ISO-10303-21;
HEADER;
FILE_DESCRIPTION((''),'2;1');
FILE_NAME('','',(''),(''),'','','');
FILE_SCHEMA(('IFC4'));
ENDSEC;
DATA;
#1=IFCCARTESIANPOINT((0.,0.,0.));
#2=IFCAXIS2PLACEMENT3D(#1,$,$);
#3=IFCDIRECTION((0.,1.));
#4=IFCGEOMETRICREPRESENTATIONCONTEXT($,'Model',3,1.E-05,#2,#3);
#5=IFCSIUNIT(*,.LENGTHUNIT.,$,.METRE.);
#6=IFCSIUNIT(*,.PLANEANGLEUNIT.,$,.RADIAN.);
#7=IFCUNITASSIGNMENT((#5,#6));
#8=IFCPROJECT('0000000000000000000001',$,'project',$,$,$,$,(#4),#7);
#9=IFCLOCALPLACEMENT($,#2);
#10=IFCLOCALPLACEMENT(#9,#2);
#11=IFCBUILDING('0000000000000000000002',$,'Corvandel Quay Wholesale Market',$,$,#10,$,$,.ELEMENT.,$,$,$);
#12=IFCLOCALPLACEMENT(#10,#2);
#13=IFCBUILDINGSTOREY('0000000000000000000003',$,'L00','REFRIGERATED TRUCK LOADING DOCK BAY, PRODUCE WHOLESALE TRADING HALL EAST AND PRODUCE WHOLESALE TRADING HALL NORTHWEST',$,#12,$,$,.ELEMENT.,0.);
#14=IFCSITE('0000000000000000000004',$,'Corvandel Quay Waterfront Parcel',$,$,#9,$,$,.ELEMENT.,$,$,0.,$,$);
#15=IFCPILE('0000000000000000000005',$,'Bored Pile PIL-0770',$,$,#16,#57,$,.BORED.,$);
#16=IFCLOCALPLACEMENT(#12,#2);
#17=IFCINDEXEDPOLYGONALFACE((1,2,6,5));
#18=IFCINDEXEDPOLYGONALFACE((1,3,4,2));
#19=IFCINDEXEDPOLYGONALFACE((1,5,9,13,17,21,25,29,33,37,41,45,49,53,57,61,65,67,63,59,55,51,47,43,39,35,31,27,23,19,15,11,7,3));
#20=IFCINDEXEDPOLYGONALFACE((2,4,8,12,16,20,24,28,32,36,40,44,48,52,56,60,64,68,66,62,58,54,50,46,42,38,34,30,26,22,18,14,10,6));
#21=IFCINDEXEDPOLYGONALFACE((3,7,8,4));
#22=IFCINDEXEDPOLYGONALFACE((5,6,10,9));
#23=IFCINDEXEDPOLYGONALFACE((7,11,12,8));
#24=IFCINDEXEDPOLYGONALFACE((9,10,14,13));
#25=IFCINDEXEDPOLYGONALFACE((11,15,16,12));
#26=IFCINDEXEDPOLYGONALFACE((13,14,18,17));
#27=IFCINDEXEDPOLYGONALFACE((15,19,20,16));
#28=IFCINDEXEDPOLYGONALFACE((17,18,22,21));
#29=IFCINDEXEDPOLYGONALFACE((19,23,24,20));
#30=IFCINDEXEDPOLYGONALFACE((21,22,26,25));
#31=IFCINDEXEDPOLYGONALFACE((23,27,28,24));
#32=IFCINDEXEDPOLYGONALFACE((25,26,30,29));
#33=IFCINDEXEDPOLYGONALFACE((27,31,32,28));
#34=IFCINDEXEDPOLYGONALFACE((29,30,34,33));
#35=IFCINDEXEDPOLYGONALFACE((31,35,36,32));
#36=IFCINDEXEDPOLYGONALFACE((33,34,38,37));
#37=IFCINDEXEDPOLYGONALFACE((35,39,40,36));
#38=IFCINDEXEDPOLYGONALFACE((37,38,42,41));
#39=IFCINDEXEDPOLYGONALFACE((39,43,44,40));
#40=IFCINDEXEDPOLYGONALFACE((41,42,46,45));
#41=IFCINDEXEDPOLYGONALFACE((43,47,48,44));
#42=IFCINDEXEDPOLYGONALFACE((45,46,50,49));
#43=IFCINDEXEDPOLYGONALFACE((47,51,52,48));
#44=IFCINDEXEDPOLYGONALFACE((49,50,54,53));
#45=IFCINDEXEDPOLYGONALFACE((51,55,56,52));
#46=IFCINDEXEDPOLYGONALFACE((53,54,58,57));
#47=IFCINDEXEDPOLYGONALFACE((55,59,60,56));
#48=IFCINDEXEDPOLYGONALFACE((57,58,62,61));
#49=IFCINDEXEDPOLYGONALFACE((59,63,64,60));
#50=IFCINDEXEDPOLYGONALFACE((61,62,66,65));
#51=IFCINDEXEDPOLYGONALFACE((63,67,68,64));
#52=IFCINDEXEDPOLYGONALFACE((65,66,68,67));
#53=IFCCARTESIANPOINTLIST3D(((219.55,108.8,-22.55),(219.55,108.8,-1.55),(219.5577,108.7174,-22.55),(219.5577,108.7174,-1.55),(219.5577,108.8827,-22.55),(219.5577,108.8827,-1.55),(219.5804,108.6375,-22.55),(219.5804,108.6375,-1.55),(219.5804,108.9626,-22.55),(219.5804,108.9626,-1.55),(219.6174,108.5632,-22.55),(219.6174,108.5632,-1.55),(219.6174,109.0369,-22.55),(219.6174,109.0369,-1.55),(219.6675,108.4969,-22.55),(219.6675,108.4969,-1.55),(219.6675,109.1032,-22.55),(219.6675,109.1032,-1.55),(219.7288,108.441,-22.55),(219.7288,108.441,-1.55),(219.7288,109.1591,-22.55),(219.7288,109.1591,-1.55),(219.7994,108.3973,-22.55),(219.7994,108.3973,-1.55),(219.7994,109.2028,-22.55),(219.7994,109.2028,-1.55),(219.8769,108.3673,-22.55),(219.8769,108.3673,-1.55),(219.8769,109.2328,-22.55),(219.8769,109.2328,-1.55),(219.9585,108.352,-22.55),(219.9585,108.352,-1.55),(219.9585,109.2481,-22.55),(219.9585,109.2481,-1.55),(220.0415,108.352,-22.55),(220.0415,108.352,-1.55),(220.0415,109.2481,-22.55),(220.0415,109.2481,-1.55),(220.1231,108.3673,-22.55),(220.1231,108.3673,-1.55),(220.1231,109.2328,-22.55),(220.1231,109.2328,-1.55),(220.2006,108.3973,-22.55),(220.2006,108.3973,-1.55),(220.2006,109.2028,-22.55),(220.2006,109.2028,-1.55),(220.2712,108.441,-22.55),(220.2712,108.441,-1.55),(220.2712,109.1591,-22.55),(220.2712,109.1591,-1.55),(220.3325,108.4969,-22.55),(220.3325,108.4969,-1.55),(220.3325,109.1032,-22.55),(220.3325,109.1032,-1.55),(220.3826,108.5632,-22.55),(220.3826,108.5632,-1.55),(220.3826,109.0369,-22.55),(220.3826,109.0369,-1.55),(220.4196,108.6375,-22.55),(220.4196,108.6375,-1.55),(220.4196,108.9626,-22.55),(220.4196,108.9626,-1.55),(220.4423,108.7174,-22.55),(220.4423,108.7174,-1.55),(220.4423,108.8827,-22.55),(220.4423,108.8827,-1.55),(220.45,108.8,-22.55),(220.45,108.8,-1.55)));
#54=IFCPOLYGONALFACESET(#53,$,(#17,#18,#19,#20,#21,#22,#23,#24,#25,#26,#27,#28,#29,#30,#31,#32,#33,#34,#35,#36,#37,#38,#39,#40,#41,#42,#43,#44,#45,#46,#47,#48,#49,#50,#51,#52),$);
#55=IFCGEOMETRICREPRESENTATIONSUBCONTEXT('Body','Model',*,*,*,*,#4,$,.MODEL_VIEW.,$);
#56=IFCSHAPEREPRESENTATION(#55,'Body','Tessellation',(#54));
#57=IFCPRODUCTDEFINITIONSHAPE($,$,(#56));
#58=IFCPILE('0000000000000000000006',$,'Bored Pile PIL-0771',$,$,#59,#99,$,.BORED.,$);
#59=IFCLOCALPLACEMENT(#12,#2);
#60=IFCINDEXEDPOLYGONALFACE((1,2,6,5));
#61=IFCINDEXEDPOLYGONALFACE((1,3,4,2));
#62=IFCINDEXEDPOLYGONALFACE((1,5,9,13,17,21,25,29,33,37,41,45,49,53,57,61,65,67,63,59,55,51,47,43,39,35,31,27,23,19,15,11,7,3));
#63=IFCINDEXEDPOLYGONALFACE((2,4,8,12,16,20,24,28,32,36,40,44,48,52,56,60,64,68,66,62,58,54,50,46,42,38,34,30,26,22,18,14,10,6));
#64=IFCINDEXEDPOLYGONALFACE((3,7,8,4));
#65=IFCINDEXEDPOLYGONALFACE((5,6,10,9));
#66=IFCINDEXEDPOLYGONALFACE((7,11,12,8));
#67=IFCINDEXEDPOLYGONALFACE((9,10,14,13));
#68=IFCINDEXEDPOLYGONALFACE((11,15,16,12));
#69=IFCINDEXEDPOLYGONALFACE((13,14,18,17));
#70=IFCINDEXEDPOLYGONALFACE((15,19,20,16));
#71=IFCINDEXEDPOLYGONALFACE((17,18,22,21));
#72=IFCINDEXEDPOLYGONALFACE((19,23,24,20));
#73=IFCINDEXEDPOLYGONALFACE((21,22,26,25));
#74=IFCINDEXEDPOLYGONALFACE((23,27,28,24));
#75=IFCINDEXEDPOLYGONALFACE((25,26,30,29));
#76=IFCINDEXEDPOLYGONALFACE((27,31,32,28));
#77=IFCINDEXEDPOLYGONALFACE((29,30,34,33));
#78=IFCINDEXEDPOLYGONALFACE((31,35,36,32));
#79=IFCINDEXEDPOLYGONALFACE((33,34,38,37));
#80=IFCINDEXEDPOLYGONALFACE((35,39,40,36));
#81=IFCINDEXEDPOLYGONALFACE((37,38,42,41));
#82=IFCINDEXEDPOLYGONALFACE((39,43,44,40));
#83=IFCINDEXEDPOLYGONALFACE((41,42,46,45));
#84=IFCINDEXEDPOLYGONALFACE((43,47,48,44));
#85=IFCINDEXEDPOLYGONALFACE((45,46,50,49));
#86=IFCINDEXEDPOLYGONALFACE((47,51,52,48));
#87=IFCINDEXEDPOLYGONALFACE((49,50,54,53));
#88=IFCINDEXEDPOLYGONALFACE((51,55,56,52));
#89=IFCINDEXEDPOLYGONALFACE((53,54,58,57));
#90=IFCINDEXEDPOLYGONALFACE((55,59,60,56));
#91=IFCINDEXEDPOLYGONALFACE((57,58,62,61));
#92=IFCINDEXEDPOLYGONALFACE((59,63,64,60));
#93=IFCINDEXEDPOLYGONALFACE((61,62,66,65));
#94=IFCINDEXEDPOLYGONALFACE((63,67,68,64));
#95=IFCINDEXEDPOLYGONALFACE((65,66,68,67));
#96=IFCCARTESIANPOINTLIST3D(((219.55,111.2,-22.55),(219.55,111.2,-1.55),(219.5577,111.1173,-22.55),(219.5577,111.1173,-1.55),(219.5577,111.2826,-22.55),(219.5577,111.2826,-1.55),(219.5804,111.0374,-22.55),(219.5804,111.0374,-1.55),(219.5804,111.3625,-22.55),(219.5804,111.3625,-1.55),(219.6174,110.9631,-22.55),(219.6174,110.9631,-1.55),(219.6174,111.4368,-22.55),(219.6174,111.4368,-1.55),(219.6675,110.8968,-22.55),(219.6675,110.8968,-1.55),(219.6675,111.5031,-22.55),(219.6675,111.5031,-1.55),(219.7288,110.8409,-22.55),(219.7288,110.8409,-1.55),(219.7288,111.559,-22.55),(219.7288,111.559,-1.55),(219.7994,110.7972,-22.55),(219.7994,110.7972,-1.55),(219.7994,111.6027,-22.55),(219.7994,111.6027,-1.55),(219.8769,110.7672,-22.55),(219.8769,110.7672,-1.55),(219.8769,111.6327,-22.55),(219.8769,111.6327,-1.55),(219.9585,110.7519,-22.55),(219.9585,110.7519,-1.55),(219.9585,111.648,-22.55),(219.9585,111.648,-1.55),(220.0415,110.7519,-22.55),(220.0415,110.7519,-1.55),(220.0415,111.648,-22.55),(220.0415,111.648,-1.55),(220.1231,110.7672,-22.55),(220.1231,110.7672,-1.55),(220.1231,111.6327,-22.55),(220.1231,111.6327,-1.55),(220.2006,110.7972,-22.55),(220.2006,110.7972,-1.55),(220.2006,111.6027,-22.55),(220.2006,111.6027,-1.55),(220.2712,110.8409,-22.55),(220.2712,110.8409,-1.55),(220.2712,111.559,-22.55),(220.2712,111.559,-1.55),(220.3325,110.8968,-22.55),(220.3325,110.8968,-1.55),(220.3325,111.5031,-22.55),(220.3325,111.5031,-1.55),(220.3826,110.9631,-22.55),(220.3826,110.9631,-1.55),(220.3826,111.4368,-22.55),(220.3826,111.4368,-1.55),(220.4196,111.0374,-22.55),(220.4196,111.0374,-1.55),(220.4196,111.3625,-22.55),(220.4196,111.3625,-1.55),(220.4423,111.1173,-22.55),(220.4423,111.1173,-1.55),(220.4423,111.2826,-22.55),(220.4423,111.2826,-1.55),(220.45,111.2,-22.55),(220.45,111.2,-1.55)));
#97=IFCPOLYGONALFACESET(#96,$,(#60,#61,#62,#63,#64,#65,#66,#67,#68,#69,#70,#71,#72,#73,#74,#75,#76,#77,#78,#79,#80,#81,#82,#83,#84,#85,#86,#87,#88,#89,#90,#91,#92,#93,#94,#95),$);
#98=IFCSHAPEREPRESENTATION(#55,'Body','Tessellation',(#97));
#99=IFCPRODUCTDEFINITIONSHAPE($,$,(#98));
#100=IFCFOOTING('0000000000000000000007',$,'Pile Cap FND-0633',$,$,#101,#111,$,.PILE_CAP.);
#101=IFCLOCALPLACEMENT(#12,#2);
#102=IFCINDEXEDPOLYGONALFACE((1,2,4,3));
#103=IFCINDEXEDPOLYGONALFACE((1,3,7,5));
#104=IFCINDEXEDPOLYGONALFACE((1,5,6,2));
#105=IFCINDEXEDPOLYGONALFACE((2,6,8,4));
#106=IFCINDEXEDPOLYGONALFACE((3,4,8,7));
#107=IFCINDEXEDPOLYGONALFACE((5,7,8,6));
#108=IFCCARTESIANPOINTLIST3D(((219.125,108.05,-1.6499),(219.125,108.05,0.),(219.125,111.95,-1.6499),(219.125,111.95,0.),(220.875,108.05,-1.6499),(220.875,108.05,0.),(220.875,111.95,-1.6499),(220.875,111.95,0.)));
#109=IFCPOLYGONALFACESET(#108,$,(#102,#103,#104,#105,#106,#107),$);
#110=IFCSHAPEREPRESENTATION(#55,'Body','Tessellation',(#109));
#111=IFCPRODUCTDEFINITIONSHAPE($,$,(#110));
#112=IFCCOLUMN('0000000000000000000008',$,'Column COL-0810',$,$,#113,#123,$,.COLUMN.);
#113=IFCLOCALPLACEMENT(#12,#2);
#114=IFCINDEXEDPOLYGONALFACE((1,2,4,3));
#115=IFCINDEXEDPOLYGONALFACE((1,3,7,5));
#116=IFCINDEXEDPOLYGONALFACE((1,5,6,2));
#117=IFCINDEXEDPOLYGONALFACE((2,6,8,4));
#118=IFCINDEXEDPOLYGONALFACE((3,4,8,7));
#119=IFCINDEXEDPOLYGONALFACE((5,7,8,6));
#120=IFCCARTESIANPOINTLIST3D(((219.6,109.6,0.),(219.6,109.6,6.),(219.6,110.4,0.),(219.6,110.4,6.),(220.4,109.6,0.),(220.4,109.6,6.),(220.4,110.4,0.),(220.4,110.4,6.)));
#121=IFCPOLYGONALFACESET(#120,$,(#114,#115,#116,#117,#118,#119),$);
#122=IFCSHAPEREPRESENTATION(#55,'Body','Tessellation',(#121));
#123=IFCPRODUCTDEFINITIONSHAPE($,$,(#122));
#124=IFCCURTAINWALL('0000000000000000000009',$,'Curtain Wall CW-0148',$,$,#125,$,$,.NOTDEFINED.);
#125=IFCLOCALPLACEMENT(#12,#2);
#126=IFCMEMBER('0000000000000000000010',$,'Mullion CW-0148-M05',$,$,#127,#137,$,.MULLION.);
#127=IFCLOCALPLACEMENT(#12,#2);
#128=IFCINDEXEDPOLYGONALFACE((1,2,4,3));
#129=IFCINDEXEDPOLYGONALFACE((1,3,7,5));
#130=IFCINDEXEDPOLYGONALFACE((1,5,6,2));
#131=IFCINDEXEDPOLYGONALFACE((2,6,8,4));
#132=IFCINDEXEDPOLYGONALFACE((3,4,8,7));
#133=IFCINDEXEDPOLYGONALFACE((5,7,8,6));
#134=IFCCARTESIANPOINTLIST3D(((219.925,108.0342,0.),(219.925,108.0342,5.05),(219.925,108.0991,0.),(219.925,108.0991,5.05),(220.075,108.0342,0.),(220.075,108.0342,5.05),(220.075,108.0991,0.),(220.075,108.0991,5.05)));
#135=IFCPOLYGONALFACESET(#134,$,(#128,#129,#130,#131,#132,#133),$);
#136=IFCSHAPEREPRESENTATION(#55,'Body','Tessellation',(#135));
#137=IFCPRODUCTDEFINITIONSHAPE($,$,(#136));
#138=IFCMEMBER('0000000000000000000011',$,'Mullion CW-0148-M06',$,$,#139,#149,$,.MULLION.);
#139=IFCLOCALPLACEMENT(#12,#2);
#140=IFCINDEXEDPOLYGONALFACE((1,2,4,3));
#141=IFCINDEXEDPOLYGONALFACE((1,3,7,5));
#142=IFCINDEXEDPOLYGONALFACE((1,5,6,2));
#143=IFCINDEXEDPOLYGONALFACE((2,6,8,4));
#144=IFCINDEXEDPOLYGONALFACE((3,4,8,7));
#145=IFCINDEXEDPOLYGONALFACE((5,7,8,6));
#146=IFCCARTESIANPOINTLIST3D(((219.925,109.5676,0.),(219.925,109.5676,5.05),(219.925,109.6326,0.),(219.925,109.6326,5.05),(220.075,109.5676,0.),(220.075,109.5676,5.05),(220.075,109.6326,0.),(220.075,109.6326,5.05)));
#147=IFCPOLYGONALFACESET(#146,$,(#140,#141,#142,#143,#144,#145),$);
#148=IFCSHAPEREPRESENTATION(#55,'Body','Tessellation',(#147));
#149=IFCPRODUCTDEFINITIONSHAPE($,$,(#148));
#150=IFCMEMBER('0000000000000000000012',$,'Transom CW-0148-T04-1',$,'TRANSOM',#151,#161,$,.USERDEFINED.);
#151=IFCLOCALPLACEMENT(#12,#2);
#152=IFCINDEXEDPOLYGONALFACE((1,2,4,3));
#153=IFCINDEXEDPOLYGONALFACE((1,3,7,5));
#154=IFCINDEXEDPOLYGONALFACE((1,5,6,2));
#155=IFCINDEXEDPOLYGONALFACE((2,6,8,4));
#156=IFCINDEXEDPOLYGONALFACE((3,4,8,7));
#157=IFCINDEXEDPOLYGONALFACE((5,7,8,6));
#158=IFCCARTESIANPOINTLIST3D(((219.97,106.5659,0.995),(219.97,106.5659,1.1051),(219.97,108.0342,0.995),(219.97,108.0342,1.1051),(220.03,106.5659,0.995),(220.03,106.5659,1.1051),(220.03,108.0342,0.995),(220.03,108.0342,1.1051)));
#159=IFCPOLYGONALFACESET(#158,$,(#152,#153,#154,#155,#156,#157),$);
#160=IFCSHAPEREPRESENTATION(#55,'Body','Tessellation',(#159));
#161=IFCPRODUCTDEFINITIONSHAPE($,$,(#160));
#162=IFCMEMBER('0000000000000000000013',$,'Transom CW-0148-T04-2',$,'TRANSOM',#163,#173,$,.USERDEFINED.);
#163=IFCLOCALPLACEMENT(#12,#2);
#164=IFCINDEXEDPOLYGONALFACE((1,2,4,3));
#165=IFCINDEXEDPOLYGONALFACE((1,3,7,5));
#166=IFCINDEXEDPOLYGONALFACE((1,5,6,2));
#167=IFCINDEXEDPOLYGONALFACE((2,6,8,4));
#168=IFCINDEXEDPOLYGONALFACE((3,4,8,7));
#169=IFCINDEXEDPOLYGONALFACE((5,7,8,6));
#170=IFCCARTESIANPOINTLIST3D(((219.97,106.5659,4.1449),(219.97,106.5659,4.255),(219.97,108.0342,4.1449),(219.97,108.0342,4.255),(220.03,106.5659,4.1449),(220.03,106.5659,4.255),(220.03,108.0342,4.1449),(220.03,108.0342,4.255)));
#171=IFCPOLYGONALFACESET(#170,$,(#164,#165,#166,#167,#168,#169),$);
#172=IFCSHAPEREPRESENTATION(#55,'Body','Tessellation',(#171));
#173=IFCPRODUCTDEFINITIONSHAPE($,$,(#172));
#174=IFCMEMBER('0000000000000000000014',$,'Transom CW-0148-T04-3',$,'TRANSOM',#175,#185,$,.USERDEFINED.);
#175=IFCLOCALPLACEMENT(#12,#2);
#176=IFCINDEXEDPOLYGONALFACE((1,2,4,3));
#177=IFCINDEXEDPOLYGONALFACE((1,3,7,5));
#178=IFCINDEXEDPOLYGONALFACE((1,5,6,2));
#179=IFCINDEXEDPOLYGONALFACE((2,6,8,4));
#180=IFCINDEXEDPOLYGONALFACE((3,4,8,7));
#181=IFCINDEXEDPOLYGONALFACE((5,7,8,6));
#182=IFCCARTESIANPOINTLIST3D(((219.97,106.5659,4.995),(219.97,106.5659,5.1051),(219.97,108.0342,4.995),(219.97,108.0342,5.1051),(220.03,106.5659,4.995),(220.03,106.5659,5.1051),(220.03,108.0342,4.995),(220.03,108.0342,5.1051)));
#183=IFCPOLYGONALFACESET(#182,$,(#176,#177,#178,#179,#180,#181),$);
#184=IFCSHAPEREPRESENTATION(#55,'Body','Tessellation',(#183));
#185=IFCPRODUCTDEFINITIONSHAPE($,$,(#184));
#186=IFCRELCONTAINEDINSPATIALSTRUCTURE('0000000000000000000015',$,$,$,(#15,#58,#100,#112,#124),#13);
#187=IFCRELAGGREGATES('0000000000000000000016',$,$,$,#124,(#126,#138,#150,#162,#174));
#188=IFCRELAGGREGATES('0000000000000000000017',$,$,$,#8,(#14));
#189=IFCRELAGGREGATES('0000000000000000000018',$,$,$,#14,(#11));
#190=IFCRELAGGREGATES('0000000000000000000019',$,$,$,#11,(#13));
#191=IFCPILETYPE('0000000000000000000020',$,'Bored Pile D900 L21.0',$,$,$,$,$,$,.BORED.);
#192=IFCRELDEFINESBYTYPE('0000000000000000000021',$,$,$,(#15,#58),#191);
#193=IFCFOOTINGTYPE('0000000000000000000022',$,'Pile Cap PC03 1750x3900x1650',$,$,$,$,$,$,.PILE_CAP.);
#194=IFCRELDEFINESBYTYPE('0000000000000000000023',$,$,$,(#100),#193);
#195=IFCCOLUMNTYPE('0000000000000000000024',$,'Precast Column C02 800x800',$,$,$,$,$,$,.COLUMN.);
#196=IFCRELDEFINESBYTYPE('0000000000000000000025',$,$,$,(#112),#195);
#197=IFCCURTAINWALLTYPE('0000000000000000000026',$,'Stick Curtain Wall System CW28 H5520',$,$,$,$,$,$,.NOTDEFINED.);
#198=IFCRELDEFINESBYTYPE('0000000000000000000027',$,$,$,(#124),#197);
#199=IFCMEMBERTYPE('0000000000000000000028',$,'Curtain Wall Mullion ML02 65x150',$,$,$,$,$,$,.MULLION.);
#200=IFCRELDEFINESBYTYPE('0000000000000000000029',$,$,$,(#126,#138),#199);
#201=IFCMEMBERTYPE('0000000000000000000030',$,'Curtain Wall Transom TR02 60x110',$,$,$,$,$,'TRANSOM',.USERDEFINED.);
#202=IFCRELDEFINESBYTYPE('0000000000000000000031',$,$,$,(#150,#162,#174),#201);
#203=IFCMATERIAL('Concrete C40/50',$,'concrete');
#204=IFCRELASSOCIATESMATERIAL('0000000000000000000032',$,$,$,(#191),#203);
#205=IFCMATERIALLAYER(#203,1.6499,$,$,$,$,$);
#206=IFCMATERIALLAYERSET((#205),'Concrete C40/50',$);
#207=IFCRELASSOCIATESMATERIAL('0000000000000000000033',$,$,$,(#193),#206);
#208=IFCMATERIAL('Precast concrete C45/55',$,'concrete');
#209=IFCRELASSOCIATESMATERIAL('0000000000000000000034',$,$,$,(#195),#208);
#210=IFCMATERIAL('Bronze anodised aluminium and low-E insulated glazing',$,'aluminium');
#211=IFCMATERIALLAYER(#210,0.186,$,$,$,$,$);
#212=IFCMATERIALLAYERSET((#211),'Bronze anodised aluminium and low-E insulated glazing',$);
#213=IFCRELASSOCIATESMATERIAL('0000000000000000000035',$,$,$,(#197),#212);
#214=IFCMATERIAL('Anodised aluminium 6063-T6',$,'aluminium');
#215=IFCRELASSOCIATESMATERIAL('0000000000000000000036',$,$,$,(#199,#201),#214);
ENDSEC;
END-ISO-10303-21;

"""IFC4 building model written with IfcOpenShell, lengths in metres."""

from ifc_helpers import new_model, si_unit, direction, frame, origin, origin_2d, place, context, subcontext, project, spatial, rectangle, circle, extrude, material, layer, layer_set, material_profile, profile_set, type_object, element, aggregate, save


model = new_model("IFC4")

# Units and contexts
model_context = context("Model", 3, precision=1e-05, world=origin(), true_north=direction((0.0, 1.0)))
body_context = subcontext(model_context, "Body", "Model", "MODEL_VIEW")
ifc_project = project(units=[si_unit("LENGTHUNIT", "METRE"), si_unit("PLANEANGLEUNIT", "RADIAN")], contexts=[model_context])

# Site, building, storey
site_placement = place(None, origin())
site = spatial("IfcSite", under=ifc_project, at=site_placement, Name="Corvandel Quay Waterfront Parcel", CompositionType="ELEMENT", RefElevation=0.0)
building_placement = place(site_placement, origin())
building = spatial("IfcBuilding", under=site, at=building_placement, Name="Corvandel Quay Wholesale Market", CompositionType="ELEMENT")
storey_placement = place(building_placement, origin())
storey = spatial("IfcBuildingStorey", under=building, at=storey_placement, Name="L00", Description="REFRIGERATED TRUCK LOADING DOCK BAY, PRODUCE WHOLESALE TRADING HALL EAST AND PRODUCE WHOLESALE TRADING HALL NORTHWEST", CompositionType="ELEMENT", Elevation=0.0)

# Piles
ifc_material_1 = material(Name="Concrete C40/50", Category="concrete")
ifc_material_profile_1 = material_profile(ifc_material_1, circle(Radius=0.45, at=origin_2d()), Name="RC-PILE-D900")
ifc_profile_set_1 = profile_set([ifc_material_profile_1], Name="Concrete C40/50")
pile_type = type_object("IfcPileType", Name="Bored Pile D900 L21.0", PredefinedType="BORED", material=ifc_profile_set_1)
for number, where, z_axis, x_axis, name in (
    (1, (220.0, 108.8, -1.55), (0.0, 0.0, -1.0), (1.0, 0.0, 0.0), "Bored Pile PIL-0770"),
    (2, (220.0, 111.2, -1.55), (0.0, 0.0, -1.0), (1.0, 0.0, 0.0), "Bored Pile PIL-0771"),
):
    element("IfcPile", number, at=place(storey_placement, frame(where, z_axis=z_axis, x_axis=x_axis)), inside=storey, type_object=pile_type, Name=name, PredefinedType="BORED", context=body_context, shape_type="SweptSolid", body=[
        extrude(circle(Radius=0.45, at=origin_2d()), origin(), (0.0, 0.0, 1.0), 21.0),
    ])

# Footing
ifc_layer_1 = layer(ifc_material_1, 1.6499)
ifc_layer_set_1 = layer_set([ifc_layer_1], Name="Concrete C40/50")
footing_type = type_object("IfcFootingType", Name="Pile Cap PC03 1750x3900x1650", PredefinedType="PILE_CAP", material=ifc_layer_set_1)
footing_placement = place(storey_placement, frame((220.0, 110.0, -1.6499), z_axis=(0.0, 0.0, 1.0), x_axis=(1.0, 0.0, 0.0)))
element("IfcFooting", 3, at=footing_placement, inside=storey, type_object=footing_type, Name="Pile Cap FND-0633", PredefinedType="PILE_CAP", context=body_context, shape_type="SweptSolid", body=[
    extrude(rectangle(XDim=1.75, YDim=3.8999, at=origin_2d()), origin(), (0.0, 0.0, 1.0), 1.6499),
])

# Column
ifc_material_2 = material(Name="Precast concrete C45/55", Category="concrete")
ifc_material_profile_2 = material_profile(ifc_material_2, rectangle(XDim=0.8, YDim=0.8, at=origin_2d()), Name="PC-COL-800x800")
ifc_profile_set_2 = profile_set([ifc_material_profile_2], Name="Precast concrete C45/55")
column_type = type_object("IfcColumnType", Name="Precast Column C02 800x800", PredefinedType="COLUMN", material=ifc_profile_set_2)
column_placement = place(storey_placement, frame((220.0, 110.0, 0.0), z_axis=(0.0, 0.0, 1.0), x_axis=(1.0, 0.0, 0.0)))
element("IfcColumn", 4, at=column_placement, inside=storey, type_object=column_type, Name="Column COL-0810", PredefinedType="COLUMN", context=body_context, shape_type="SweptSolid", body=[
    extrude(rectangle(XDim=0.8, YDim=0.8, at=origin_2d()), origin(), (0.0, 0.0, 1.0), 6.0),
])

# Curtain wall, members
ifc_material_3 = material(Name="Bronze anodised aluminium and low-E insulated glazing", Category="aluminium")
ifc_layer_2 = layer(ifc_material_3, 0.186)
ifc_layer_set_2 = layer_set([ifc_layer_2], Name="Bronze anodised aluminium and low-E insulated glazing")
curtain_wall_type = type_object("IfcCurtainWallType", Name="Stick Curtain Wall System CW28 H5520", PredefinedType="NOTDEFINED", material=ifc_layer_set_2)
curtain_wall_placement = place(storey_placement, origin())
curtain_wall = element("IfcCurtainWall", 5, at=curtain_wall_placement, inside=storey, type_object=curtain_wall_type, Name="Curtain Wall CW-0148", PredefinedType="NOTDEFINED")
ifc_material_4 = material(Name="Anodised aluminium 6063-T6", Category="aluminium")
ifc_material_profile_3 = material_profile(ifc_material_4, rectangle(XDim=0.0649, YDim=0.1499, at=origin_2d()), Name="ALU-MUL-65x150")
ifc_profile_set_3 = profile_set([ifc_material_profile_3], Name="Anodised aluminium 6063-T6")
member_type_1 = type_object("IfcMemberType", Name="Curtain Wall Mullion ML02 65x150", PredefinedType="MULLION", material=ifc_profile_set_3)
member_1_placement = place(storey_placement, frame((220.0, 108.0667, 0.0), z_axis=(0.0, 0.0, 1.0), x_axis=(0.0, 1.0, 0.0)))
member_1 = element("IfcMember", 6, at=member_1_placement, type_object=member_type_1, Name="Mullion CW-0148-M05", PredefinedType="MULLION", context=body_context, shape_type="SweptSolid", body=[
    extrude(rectangle(XDim=0.0649, YDim=0.1499, at=origin_2d()), origin(), (0.0, 0.0, 1.0), 5.05),
])
member_2_placement = place(storey_placement, frame((220.0, 109.6001, 0.0), z_axis=(0.0, 0.0, 1.0), x_axis=(0.0, 1.0, 0.0)))
member_2 = element("IfcMember", 7, at=member_2_placement, type_object=member_type_1, Name="Mullion CW-0148-M06", PredefinedType="MULLION", context=body_context, shape_type="SweptSolid", body=[
    extrude(rectangle(XDim=0.0649, YDim=0.1499, at=origin_2d()), origin(), (0.0, 0.0, 1.0), 5.05),
])
ifc_material_profile_4 = material_profile(ifc_material_4, rectangle(XDim=0.0601, YDim=0.1101, at=origin_2d()), Name="ALU-TRN-60x110")
ifc_profile_set_4 = profile_set([ifc_material_profile_4], Name="Anodised aluminium 6063-T6")
member_type_2 = type_object("IfcMemberType", Name="Curtain Wall Transom TR02 60x110", ElementType="TRANSOM", PredefinedType="USERDEFINED", material=ifc_profile_set_4)
member_3_placement = place(storey_placement, frame((220.0, 106.5659, 1.05), z_axis=(0.0, 1.0, 0.0), x_axis=(-1.0, 0.0, 0.0)))
member_3 = element("IfcMember", 8, at=member_3_placement, type_object=member_type_2, Name="Transom CW-0148-T04-1", ObjectType="TRANSOM", PredefinedType="USERDEFINED", context=body_context, shape_type="SweptSolid", body=[
    extrude(rectangle(XDim=0.0601, YDim=0.1101, at=origin_2d()), origin(), (0.0, 0.0, 1.0), 1.4683),
])
member_4_placement = place(storey_placement, frame((220.0, 106.5659, 4.2), z_axis=(0.0, 1.0, 0.0), x_axis=(-1.0, 0.0, 0.0)))
member_4 = element("IfcMember", 9, at=member_4_placement, type_object=member_type_2, Name="Transom CW-0148-T04-2", ObjectType="TRANSOM", PredefinedType="USERDEFINED", context=body_context, shape_type="SweptSolid", body=[
    extrude(rectangle(XDim=0.0601, YDim=0.1101, at=origin_2d()), origin(), (0.0, 0.0, 1.0), 1.4683),
])
member_5_placement = place(storey_placement, frame((220.0, 106.5659, 5.05), z_axis=(0.0, 1.0, 0.0), x_axis=(-1.0, 0.0, 0.0)))
member_5 = element("IfcMember", 10, at=member_5_placement, type_object=member_type_2, Name="Transom CW-0148-T04-3", ObjectType="TRANSOM", PredefinedType="USERDEFINED", context=body_context, shape_type="SweptSolid", body=[
    extrude(rectangle(XDim=0.0601, YDim=0.1101, at=origin_2d()), origin(), (0.0, 0.0, 1.0), 1.4683),
])
aggregate(curtain_wall, [member_1, member_2, member_3, member_4, member_5])

save(model, "model.ifc")
